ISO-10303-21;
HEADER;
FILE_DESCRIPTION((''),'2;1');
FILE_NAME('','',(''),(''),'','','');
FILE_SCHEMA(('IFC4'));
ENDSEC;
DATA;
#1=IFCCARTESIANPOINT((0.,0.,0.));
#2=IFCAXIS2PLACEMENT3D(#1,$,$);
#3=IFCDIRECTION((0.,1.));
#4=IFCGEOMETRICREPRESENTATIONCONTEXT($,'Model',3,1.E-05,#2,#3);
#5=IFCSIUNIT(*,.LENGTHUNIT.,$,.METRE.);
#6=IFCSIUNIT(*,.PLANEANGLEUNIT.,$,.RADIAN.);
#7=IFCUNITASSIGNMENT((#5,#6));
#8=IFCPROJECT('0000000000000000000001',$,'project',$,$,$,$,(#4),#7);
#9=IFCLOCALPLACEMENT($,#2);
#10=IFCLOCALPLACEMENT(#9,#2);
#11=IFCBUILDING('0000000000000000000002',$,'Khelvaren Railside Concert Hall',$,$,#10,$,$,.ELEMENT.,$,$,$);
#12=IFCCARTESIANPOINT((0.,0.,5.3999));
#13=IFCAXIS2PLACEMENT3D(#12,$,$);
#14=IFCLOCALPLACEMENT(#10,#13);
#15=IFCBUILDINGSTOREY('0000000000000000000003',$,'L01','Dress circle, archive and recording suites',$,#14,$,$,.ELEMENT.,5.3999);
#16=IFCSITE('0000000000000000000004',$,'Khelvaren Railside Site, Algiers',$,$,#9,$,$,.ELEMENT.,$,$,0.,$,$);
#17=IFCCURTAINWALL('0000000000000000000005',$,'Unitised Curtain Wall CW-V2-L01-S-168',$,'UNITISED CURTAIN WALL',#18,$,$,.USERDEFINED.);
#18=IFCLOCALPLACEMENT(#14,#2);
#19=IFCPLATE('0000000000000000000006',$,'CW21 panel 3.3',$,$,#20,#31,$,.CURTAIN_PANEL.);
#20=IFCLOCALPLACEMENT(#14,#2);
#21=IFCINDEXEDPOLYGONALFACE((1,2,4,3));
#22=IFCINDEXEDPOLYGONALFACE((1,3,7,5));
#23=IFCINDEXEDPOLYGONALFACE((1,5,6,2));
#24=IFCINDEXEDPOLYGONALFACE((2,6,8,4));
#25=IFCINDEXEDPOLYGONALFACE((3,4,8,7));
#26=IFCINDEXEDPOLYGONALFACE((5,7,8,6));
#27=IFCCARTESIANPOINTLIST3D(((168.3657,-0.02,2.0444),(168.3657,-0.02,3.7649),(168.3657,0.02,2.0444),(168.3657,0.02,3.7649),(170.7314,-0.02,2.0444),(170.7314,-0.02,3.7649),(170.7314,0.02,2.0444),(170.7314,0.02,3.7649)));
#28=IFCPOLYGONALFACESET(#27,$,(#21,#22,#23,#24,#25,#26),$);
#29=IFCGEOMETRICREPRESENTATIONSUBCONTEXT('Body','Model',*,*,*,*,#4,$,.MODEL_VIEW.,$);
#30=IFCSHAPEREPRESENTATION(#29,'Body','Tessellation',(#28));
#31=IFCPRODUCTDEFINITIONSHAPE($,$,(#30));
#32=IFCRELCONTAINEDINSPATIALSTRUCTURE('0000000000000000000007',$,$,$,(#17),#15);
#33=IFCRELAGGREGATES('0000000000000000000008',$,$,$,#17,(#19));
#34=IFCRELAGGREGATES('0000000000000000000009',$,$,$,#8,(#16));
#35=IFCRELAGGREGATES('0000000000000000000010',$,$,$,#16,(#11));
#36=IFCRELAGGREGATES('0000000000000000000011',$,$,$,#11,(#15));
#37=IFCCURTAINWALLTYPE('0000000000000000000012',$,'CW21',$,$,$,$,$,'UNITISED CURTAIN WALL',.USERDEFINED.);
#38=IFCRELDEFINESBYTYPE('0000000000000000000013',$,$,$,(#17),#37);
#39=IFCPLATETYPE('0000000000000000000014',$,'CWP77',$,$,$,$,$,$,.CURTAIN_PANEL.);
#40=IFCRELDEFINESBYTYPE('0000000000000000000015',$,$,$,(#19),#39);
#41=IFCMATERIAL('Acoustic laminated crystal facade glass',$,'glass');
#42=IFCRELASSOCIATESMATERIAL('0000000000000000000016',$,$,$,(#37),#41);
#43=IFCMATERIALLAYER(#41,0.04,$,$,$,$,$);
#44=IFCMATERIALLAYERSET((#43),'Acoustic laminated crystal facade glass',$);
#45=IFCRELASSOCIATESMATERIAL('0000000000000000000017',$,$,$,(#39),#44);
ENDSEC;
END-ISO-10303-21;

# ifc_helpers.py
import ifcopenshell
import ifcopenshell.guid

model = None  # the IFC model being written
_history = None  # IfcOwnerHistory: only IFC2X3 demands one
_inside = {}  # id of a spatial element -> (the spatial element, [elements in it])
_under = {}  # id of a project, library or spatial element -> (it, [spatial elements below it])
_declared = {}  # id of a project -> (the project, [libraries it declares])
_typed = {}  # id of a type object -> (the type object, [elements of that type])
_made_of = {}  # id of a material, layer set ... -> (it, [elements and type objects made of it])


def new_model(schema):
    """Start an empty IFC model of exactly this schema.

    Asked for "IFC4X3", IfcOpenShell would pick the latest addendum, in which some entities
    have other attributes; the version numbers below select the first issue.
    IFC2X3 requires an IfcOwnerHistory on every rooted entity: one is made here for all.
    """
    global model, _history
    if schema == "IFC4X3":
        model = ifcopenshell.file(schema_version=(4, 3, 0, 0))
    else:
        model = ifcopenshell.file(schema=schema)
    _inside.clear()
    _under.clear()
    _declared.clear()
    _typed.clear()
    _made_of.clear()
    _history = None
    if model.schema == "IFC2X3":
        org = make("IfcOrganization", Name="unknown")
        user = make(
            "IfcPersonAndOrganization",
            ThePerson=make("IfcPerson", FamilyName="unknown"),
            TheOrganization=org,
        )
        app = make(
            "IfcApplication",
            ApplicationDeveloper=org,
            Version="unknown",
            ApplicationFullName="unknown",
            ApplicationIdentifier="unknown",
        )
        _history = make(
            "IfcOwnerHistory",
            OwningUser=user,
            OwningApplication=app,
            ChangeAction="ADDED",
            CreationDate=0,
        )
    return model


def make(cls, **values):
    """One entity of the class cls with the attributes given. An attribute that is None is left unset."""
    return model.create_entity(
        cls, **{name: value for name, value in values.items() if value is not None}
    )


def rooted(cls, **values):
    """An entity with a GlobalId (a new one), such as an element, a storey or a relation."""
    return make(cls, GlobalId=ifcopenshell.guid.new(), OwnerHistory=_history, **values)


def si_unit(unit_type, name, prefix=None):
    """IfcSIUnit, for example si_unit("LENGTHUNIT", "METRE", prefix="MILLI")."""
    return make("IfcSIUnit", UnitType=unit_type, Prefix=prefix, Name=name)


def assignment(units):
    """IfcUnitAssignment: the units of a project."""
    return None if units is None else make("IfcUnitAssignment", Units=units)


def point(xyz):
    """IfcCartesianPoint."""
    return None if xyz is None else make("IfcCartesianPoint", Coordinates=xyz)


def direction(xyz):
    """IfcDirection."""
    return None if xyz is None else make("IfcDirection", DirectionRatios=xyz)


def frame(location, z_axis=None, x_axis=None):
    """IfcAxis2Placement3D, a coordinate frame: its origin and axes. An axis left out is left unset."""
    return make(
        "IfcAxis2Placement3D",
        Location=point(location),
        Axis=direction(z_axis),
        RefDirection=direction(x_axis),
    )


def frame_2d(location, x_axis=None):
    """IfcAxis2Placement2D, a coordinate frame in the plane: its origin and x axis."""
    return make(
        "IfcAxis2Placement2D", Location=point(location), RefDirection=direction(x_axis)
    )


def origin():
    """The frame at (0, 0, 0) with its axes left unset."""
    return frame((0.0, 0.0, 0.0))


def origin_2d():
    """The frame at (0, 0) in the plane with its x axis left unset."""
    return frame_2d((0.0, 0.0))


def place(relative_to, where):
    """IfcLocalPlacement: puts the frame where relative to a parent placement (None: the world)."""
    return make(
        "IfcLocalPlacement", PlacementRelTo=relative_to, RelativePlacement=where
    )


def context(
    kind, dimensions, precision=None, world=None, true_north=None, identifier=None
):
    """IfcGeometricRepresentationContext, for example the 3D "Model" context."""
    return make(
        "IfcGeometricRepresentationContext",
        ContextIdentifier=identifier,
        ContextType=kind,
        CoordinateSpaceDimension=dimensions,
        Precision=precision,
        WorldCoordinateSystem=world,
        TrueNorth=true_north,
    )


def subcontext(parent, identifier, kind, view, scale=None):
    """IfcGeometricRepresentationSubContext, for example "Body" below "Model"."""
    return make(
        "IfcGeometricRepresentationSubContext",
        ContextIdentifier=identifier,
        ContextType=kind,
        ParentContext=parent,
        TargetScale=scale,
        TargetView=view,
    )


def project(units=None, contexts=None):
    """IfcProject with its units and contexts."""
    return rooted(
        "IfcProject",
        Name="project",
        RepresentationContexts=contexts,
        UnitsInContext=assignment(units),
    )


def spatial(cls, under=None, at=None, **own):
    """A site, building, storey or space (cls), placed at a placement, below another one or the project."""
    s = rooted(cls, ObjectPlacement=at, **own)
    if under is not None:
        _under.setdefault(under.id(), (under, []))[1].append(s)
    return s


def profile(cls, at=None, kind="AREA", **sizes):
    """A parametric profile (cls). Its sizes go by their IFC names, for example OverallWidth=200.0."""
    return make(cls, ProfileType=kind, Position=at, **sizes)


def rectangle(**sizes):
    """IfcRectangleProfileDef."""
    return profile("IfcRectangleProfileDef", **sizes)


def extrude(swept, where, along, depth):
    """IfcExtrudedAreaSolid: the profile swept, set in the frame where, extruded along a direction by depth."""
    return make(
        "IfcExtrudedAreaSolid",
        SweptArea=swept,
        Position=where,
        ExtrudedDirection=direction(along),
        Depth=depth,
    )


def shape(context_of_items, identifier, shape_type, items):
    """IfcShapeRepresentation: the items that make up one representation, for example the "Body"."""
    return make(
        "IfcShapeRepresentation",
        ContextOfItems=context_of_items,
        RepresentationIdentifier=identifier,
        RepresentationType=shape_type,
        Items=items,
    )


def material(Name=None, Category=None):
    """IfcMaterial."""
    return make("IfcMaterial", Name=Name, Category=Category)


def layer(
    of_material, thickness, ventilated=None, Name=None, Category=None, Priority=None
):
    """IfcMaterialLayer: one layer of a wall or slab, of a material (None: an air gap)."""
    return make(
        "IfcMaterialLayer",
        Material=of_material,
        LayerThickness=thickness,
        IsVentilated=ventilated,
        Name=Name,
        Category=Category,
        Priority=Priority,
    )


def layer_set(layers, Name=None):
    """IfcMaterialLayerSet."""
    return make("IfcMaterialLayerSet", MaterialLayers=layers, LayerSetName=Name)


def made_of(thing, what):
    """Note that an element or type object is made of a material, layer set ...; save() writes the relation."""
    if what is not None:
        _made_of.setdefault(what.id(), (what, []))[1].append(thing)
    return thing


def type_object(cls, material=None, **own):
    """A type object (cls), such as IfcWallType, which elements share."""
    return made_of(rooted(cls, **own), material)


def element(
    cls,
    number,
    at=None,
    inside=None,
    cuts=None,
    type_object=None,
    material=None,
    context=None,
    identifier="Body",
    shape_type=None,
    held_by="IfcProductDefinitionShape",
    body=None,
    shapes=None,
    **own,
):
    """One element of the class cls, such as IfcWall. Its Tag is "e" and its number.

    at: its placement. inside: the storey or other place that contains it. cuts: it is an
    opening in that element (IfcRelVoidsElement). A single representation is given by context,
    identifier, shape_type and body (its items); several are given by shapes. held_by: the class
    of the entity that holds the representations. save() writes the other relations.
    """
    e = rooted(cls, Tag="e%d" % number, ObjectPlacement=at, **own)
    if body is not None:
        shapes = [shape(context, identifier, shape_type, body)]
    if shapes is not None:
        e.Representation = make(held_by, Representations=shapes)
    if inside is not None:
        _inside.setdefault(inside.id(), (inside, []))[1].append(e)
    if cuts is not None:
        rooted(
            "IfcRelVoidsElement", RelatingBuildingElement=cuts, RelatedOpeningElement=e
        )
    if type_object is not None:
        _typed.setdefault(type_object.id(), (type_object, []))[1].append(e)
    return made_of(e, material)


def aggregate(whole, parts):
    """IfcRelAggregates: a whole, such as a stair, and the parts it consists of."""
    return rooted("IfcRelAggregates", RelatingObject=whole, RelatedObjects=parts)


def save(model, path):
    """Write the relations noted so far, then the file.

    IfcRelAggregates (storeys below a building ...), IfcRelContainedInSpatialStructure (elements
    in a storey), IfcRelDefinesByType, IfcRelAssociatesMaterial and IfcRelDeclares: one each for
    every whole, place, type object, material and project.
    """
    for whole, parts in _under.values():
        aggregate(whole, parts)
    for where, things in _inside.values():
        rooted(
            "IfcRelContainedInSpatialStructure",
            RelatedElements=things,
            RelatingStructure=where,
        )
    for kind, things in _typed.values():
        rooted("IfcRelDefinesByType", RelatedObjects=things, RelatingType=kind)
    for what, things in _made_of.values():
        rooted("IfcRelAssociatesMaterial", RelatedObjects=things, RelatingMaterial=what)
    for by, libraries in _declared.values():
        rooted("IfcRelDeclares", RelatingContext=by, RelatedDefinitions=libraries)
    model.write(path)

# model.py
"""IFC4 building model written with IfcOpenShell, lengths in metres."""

from ifc_helpers import new_model, si_unit, direction, frame, origin, origin_2d, place, context, subcontext, project, spatial, rectangle, extrude, material, layer, layer_set, type_object, element, aggregate, save


model = new_model("IFC4")

# Units and contexts
model_context = context("Model", 3, precision=1e-05, world=origin(), true_north=direction((0.0, 1.0)))
body_context = subcontext(model_context, "Body", "Model", "MODEL_VIEW")
ifc_project = project(units=[si_unit("LENGTHUNIT", "METRE"), si_unit("PLANEANGLEUNIT", "RADIAN")], contexts=[model_context])

# Site, building, storey
site_placement = place(None, origin())
site = spatial("IfcSite", under=ifc_project, at=site_placement, Name="Khelvaren Railside Site, Algiers", CompositionType="ELEMENT", RefElevation=0.0)
building_placement = place(site_placement, origin())
building = spatial("IfcBuilding", under=site, at=building_placement, Name="Khelvaren Railside Concert Hall", CompositionType="ELEMENT")
storey_placement = place(building_placement, frame((0.0, 0.0, 5.3999)))
storey = spatial("IfcBuildingStorey", under=building, at=storey_placement, Name="L01", Description="Dress circle, archive and recording suites", CompositionType="ELEMENT", Elevation=5.3999)

# Curtain wall
ifc_material_1 = material(Name="Acoustic laminated crystal facade glass", Category="glass")
curtain_wall_type_1 = type_object("IfcCurtainWallType", Name="CW21", ElementType="UNITISED CURTAIN WALL", PredefinedType="USERDEFINED", material=ifc_material_1)
curtain_wall_1_placement = place(storey_placement, origin())
curtain_wall_1 = element("IfcCurtainWall", 1, at=curtain_wall_1_placement, inside=storey, type_object=curtain_wall_type_1, Name="Unitised Curtain Wall CW-V2-L01-S-168", ObjectType="UNITISED CURTAIN WALL", PredefinedType="USERDEFINED")

# Plate
ifc_layer = layer(ifc_material_1, 0.04)
ifc_layer_set = layer_set([ifc_layer], Name="Acoustic laminated crystal facade glass")
plate_type = type_object("IfcPlateType", Name="CWP77", PredefinedType="CURTAIN_PANEL", material=ifc_layer_set)
plate_1_placement = place(storey_placement, frame((169.5486, 0.0, 2.0444), z_axis=(0.0, 0.0, 1.0), x_axis=(-1.0, 0.0, 0.0)))
plate_1 = element("IfcPlate", 2, at=plate_1_placement, type_object=plate_type, Name="CW21 panel 3.3", PredefinedType="CURTAIN_PANEL", context=body_context, shape_type="SweptSolid", body=[
    extrude(rectangle(XDim=2.3657, YDim=0.04, at=origin_2d()), origin(), (0.0, 0.0, 1.0), 1.7205),
])
aggregate(curtain_wall_1, [plate_1])

save(model, "model.ifc")
